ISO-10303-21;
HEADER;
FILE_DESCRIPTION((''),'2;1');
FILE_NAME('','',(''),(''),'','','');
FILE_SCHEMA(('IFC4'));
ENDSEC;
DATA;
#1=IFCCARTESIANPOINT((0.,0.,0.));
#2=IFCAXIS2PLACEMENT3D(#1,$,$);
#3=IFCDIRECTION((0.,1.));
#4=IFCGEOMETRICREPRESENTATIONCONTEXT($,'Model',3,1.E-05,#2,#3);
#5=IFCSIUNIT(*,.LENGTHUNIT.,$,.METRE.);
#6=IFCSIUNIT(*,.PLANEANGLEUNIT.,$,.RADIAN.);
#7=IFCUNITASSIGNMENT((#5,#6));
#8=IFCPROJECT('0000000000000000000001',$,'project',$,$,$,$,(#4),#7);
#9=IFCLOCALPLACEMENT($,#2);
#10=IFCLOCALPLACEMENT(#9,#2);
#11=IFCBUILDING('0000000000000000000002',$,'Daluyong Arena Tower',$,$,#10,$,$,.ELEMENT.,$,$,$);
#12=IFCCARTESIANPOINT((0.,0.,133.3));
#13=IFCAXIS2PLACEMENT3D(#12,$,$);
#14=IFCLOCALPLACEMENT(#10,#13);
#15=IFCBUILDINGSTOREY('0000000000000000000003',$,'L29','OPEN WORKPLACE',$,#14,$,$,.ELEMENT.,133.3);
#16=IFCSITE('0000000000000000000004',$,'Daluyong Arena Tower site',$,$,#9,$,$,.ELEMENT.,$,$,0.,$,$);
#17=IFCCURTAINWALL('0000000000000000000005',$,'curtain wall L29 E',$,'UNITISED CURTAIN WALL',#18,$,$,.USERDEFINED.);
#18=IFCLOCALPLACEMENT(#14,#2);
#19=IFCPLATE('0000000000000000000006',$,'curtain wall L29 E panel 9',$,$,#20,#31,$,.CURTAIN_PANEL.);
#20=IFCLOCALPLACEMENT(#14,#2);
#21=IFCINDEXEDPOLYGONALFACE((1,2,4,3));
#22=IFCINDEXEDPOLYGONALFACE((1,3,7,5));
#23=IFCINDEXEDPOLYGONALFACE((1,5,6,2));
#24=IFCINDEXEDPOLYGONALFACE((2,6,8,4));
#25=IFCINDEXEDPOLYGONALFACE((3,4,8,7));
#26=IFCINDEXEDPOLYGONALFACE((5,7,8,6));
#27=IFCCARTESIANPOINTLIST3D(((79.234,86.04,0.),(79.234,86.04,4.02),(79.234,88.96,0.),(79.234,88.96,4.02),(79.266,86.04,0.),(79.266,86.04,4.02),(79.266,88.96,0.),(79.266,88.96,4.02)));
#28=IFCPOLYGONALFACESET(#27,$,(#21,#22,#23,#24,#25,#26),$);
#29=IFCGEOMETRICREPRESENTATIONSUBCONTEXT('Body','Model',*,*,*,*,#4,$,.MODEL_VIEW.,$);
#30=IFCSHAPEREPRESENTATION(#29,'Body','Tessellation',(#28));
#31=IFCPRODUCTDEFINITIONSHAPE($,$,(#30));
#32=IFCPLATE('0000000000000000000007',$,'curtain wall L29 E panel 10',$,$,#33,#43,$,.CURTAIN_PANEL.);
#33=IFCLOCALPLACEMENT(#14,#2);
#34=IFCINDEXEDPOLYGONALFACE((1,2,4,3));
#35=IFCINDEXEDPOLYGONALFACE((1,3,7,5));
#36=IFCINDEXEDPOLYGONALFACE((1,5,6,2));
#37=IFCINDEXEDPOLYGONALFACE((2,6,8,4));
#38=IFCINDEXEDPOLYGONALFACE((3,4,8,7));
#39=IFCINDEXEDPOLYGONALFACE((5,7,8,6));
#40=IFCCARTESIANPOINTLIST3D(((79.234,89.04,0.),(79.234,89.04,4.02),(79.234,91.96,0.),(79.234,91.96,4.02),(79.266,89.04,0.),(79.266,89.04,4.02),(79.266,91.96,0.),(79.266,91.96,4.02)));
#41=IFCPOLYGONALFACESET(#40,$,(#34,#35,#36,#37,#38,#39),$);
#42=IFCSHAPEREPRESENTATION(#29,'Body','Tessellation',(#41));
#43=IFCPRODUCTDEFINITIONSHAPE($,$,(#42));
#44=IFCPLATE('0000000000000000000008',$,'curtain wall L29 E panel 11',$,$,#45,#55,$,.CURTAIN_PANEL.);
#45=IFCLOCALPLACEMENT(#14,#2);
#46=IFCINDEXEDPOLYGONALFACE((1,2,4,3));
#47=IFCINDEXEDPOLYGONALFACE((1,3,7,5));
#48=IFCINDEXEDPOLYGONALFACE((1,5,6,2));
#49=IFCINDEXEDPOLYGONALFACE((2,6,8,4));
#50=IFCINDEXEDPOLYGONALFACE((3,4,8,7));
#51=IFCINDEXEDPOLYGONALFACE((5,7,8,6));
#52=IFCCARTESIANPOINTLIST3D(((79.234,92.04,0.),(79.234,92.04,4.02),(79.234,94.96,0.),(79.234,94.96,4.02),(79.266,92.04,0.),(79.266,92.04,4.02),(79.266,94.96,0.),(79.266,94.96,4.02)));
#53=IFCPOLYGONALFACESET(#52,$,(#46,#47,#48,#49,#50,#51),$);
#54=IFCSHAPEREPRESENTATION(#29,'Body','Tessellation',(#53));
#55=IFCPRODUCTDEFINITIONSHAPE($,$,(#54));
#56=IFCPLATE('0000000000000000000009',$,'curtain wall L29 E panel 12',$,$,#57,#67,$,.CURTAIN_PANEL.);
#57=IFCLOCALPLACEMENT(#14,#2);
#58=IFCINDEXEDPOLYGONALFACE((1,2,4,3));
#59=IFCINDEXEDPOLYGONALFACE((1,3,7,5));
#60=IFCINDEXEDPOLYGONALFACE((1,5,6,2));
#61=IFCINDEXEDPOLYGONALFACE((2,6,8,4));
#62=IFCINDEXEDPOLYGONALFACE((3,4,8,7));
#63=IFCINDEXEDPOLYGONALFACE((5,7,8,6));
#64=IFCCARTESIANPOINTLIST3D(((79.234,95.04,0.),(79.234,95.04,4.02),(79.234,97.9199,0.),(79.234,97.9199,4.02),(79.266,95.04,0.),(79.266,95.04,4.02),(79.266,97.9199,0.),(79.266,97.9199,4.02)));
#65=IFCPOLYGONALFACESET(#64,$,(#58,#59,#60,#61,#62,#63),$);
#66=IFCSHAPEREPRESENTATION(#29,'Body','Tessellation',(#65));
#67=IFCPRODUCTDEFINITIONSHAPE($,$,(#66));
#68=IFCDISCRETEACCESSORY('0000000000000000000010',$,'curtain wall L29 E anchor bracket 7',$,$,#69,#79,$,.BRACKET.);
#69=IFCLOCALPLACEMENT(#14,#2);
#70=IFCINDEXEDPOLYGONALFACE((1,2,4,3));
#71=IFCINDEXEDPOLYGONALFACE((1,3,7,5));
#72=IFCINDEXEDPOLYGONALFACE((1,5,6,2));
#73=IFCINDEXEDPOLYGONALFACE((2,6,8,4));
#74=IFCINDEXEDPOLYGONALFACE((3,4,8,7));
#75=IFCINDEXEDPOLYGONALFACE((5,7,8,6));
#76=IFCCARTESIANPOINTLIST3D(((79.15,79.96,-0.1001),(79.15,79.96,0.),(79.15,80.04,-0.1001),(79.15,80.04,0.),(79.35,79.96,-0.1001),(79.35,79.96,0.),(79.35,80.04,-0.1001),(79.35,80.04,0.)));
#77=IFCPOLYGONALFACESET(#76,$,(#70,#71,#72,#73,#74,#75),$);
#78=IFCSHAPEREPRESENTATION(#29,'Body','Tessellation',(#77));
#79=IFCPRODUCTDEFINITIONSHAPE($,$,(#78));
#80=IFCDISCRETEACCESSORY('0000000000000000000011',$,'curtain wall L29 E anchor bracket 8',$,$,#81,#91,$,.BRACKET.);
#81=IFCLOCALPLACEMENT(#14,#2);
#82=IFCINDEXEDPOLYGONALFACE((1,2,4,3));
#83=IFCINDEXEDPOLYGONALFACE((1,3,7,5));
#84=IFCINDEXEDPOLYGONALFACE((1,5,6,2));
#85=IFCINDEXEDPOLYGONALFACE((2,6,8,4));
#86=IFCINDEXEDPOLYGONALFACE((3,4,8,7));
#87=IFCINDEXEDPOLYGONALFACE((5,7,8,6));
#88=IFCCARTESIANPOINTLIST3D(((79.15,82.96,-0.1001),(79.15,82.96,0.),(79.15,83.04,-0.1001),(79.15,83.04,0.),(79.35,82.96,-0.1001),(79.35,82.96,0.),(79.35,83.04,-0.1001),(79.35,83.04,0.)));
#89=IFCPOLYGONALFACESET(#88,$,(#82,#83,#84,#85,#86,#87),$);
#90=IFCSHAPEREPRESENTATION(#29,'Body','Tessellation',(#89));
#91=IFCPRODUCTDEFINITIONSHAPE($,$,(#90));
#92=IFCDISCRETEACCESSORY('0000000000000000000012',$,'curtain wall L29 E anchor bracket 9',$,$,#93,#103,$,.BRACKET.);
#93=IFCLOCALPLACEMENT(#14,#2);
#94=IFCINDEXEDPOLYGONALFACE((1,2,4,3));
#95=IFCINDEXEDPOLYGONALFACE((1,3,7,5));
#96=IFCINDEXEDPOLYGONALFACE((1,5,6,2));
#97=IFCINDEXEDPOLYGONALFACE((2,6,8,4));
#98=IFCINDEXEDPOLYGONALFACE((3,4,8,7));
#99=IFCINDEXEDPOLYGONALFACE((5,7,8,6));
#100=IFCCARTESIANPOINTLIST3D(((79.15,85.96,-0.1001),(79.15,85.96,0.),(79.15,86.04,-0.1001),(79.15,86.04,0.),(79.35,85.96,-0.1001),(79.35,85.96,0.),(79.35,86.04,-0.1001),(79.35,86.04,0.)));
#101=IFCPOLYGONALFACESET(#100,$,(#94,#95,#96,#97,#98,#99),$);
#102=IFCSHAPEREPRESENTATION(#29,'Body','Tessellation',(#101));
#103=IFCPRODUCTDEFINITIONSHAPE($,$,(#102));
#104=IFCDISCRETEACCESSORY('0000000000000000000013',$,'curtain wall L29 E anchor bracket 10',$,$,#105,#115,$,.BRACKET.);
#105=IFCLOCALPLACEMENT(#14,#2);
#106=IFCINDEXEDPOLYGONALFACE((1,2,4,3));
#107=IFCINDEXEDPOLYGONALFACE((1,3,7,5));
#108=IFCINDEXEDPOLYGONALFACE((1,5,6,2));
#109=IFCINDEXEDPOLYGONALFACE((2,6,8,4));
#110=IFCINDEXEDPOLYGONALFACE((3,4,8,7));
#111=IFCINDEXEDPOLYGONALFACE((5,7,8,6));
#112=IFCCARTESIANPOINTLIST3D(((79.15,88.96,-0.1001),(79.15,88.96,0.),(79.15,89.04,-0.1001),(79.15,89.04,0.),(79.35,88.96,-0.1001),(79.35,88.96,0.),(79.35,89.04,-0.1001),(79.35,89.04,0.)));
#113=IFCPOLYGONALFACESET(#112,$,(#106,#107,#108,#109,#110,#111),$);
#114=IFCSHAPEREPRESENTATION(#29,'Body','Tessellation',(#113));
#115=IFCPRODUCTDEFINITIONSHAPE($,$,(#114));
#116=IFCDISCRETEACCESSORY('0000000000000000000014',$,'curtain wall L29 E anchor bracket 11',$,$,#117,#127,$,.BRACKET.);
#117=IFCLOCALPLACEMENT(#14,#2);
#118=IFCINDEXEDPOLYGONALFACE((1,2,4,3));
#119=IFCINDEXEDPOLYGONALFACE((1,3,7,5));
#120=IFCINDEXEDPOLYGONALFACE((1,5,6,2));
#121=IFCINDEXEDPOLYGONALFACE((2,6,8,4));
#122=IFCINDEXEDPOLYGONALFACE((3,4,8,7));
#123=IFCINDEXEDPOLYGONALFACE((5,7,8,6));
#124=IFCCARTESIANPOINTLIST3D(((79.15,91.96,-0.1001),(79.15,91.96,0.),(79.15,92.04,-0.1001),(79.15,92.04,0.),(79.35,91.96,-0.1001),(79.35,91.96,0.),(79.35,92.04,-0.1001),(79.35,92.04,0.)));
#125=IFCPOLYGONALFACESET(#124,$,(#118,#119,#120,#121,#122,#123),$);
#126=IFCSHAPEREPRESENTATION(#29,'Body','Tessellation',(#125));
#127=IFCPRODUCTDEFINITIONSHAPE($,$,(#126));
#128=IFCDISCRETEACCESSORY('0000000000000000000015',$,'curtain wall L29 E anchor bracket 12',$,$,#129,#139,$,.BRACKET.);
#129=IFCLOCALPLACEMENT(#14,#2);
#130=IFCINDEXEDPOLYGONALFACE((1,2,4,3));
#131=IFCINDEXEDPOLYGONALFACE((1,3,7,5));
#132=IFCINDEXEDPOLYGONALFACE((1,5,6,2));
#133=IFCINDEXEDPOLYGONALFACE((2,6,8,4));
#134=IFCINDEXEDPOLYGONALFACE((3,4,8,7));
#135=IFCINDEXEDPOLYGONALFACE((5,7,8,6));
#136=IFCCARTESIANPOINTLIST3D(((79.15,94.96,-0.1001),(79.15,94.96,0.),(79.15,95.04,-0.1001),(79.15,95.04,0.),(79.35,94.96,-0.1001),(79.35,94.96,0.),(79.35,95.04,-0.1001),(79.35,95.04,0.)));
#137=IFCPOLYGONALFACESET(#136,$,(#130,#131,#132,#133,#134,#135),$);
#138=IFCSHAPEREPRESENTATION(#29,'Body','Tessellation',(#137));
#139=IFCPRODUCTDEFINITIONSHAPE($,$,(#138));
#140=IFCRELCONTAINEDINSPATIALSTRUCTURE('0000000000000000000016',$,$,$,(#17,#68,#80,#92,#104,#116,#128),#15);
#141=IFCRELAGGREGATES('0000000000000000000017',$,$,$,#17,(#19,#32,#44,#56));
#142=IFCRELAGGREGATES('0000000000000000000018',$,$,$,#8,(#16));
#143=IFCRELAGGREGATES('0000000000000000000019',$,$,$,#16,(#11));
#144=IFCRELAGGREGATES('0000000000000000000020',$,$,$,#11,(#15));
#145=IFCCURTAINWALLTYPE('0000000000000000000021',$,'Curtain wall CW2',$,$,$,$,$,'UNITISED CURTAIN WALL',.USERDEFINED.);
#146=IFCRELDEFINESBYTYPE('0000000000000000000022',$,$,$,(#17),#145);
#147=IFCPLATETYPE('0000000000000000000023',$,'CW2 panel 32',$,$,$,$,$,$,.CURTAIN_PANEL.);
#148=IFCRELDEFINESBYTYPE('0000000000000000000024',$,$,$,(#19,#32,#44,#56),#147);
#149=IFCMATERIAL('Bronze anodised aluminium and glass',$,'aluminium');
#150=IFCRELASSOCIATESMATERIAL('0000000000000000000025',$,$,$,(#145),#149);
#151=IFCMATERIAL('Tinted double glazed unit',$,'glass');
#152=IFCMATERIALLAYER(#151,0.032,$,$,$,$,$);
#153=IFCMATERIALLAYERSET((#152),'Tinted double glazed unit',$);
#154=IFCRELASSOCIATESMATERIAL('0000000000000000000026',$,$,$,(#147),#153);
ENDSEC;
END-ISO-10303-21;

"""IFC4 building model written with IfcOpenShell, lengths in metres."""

from ifc_helpers import new_model, si_unit, direction, frame, origin, origin_2d, place, context, subcontext, project, spatial, rectangle, extrude, material, layer, layer_set, type_object, element, aggregate, save


model = new_model("IFC4")

# Units and contexts
model_context = context("Model", 3, precision=1e-05, world=origin(), true_north=direction((0.0, 1.0)))
body_context = subcontext(model_context, "Body", "Model", "MODEL_VIEW")
ifc_project = project(units=[si_unit("LENGTHUNIT", "METRE"), si_unit("PLANEANGLEUNIT", "RADIAN")], contexts=[model_context])

# Site, building, storey
site_placement = place(None, origin())
site = spatial("IfcSite", under=ifc_project, at=site_placement, Name="Daluyong Arena Tower site", CompositionType="ELEMENT", RefElevation=0.0)
building_placement = place(site_placement, origin())
building = spatial("IfcBuilding", under=site, at=building_placement, Name="Daluyong Arena Tower", CompositionType="ELEMENT")
storey_placement = place(building_placement, frame((0.0, 0.0, 133.3)))
storey = spatial("IfcBuildingStorey", under=building, at=storey_placement, Name="L29", Description="OPEN WORKPLACE", CompositionType="ELEMENT", Elevation=133.3)

# Curtain wall
ifc_material_1 = material(Name="Bronze anodised aluminium and glass", Category="aluminium")
curtain_wall_type = type_object("IfcCurtainWallType", Name="Curtain wall CW2", ElementType="UNITISED CURTAIN WALL", PredefinedType="USERDEFINED", material=ifc_material_1)
curtain_wall_placement = place(storey_placement, origin())
curtain_wall = element("IfcCurtainWall", 1, at=curtain_wall_placement, inside=storey, type_object=curtain_wall_type, Name="curtain wall L29 E", ObjectType="UNITISED CURTAIN WALL", PredefinedType="USERDEFINED")

# Plates
ifc_material_2 = material(Name="Tinted double glazed unit", Category="glass")
ifc_layer = layer(ifc_material_2, 0.032)
ifc_layer_set = layer_set([ifc_layer], Name="Tinted double glazed unit")
plate_type = type_object("IfcPlateType", Name="CW2 panel 32", PredefinedType="CURTAIN_PANEL", material=ifc_layer_set)
plate_1_placement = place(storey_placement, frame((79.25, 87.5, 0.0), z_axis=(0.0, 0.0, 1.0), x_axis=(0.0, 1.0, 0.0)))
plate_1 = element("IfcPlate", 2, at=plate_1_placement, type_object=plate_type, Name="curtain wall L29 E panel 9", PredefinedType="CURTAIN_PANEL", context=body_context, shape_type="SweptSolid", body=[
    extrude(rectangle(XDim=2.9199, YDim=0.032, at=origin_2d()), origin(), (0.0, 0.0, 1.0), 4.02),
])
plate_2_placement = place(storey_placement, frame((79.25, 90.5, 0.0), z_axis=(0.0, 0.0, 1.0), x_axis=(0.0, 1.0, 0.0)))
plate_2 = element("IfcPlate", 3, at=plate_2_placement, type_object=plate_type, Name="curtain wall L29 E panel 10", PredefinedType="CURTAIN_PANEL", context=body_context, shape_type="SweptSolid", body=[
    extrude(rectangle(XDim=2.9199, YDim=0.032, at=origin_2d()), origin(), (0.0, 0.0, 1.0), 4.02),
])
plate_3_placement = place(storey_placement, frame((79.25, 93.5, 0.0), z_axis=(0.0, 0.0, 1.0), x_axis=(0.0, 1.0, 0.0)))
plate_3 = element("IfcPlate", 4, at=plate_3_placement, type_object=plate_type, Name="curtain wall L29 E panel 11", PredefinedType="CURTAIN_PANEL", context=body_context, shape_type="SweptSolid", body=[
    extrude(rectangle(XDim=2.9199, YDim=0.032, at=origin_2d()), origin(), (0.0, 0.0, 1.0), 4.02),
])
plate_4_placement = place(storey_placement, frame((79.25, 96.48, 0.0), z_axis=(0.0, 0.0, 1.0), x_axis=(0.0, 1.0, 0.0)))
plate_4 = element("IfcPlate", 5, at=plate_4_placement, type_object=plate_type, Name="curtain wall L29 E panel 12", PredefinedType="CURTAIN_PANEL", context=body_context, shape_type="SweptSolid", body=[
    extrude(rectangle(XDim=2.8799, YDim=0.032, at=origin_2d()), origin(), (0.0, 0.0, 1.0), 4.02),
])
aggregate(curtain_wall, [plate_1, plate_2, plate_3, plate_4])

# Discrete accessories
for number, where, z_axis, x_axis, name in (
    (6, (79.25, 80.0, -0.1001), (0.0, 0.0, 1.0), (0.0, 1.0, 0.0), "curtain wall L29 E anchor bracket 7"),
    (7, (79.25, 83.0, -0.1001), (0.0, 0.0, 1.0), (0.0, 1.0, 0.0), "curtain wall L29 E anchor bracket 8"),
    (8, (79.25, 86.0, -0.1001), (0.0, 0.0, 1.0), (0.0, 1.0, 0.0), "curtain wall L29 E anchor bracket 9"),
    (9, (79.25, 89.0, -0.1001), (0.0, 0.0, 1.0), (0.0, 1.0, 0.0), "curtain wall L29 E anchor bracket 10"),
    (10, (79.25, 92.0, -0.1001), (0.0, 0.0, 1.0), (0.0, 1.0, 0.0), "curtain wall L29 E anchor bracket 11"),
    (11, (79.25, 95.0, -0.1001), (0.0, 0.0, 1.0), (0.0, 1.0, 0.0), "curtain wall L29 E anchor bracket 12"),
):
    element("IfcDiscreteAccessory", number, at=place(storey_placement, frame(where, z_axis=z_axis, x_axis=x_axis)), inside=storey, Name=name, PredefinedType="BRACKET", context=body_context, shape_type="SweptSolid", body=[
        extrude(rectangle(XDim=0.0801, YDim=0.2, at=origin_2d()), origin(), (0.0, 0.0, 1.0), 0.1001),
    ])

save(model, "model.ifc")
